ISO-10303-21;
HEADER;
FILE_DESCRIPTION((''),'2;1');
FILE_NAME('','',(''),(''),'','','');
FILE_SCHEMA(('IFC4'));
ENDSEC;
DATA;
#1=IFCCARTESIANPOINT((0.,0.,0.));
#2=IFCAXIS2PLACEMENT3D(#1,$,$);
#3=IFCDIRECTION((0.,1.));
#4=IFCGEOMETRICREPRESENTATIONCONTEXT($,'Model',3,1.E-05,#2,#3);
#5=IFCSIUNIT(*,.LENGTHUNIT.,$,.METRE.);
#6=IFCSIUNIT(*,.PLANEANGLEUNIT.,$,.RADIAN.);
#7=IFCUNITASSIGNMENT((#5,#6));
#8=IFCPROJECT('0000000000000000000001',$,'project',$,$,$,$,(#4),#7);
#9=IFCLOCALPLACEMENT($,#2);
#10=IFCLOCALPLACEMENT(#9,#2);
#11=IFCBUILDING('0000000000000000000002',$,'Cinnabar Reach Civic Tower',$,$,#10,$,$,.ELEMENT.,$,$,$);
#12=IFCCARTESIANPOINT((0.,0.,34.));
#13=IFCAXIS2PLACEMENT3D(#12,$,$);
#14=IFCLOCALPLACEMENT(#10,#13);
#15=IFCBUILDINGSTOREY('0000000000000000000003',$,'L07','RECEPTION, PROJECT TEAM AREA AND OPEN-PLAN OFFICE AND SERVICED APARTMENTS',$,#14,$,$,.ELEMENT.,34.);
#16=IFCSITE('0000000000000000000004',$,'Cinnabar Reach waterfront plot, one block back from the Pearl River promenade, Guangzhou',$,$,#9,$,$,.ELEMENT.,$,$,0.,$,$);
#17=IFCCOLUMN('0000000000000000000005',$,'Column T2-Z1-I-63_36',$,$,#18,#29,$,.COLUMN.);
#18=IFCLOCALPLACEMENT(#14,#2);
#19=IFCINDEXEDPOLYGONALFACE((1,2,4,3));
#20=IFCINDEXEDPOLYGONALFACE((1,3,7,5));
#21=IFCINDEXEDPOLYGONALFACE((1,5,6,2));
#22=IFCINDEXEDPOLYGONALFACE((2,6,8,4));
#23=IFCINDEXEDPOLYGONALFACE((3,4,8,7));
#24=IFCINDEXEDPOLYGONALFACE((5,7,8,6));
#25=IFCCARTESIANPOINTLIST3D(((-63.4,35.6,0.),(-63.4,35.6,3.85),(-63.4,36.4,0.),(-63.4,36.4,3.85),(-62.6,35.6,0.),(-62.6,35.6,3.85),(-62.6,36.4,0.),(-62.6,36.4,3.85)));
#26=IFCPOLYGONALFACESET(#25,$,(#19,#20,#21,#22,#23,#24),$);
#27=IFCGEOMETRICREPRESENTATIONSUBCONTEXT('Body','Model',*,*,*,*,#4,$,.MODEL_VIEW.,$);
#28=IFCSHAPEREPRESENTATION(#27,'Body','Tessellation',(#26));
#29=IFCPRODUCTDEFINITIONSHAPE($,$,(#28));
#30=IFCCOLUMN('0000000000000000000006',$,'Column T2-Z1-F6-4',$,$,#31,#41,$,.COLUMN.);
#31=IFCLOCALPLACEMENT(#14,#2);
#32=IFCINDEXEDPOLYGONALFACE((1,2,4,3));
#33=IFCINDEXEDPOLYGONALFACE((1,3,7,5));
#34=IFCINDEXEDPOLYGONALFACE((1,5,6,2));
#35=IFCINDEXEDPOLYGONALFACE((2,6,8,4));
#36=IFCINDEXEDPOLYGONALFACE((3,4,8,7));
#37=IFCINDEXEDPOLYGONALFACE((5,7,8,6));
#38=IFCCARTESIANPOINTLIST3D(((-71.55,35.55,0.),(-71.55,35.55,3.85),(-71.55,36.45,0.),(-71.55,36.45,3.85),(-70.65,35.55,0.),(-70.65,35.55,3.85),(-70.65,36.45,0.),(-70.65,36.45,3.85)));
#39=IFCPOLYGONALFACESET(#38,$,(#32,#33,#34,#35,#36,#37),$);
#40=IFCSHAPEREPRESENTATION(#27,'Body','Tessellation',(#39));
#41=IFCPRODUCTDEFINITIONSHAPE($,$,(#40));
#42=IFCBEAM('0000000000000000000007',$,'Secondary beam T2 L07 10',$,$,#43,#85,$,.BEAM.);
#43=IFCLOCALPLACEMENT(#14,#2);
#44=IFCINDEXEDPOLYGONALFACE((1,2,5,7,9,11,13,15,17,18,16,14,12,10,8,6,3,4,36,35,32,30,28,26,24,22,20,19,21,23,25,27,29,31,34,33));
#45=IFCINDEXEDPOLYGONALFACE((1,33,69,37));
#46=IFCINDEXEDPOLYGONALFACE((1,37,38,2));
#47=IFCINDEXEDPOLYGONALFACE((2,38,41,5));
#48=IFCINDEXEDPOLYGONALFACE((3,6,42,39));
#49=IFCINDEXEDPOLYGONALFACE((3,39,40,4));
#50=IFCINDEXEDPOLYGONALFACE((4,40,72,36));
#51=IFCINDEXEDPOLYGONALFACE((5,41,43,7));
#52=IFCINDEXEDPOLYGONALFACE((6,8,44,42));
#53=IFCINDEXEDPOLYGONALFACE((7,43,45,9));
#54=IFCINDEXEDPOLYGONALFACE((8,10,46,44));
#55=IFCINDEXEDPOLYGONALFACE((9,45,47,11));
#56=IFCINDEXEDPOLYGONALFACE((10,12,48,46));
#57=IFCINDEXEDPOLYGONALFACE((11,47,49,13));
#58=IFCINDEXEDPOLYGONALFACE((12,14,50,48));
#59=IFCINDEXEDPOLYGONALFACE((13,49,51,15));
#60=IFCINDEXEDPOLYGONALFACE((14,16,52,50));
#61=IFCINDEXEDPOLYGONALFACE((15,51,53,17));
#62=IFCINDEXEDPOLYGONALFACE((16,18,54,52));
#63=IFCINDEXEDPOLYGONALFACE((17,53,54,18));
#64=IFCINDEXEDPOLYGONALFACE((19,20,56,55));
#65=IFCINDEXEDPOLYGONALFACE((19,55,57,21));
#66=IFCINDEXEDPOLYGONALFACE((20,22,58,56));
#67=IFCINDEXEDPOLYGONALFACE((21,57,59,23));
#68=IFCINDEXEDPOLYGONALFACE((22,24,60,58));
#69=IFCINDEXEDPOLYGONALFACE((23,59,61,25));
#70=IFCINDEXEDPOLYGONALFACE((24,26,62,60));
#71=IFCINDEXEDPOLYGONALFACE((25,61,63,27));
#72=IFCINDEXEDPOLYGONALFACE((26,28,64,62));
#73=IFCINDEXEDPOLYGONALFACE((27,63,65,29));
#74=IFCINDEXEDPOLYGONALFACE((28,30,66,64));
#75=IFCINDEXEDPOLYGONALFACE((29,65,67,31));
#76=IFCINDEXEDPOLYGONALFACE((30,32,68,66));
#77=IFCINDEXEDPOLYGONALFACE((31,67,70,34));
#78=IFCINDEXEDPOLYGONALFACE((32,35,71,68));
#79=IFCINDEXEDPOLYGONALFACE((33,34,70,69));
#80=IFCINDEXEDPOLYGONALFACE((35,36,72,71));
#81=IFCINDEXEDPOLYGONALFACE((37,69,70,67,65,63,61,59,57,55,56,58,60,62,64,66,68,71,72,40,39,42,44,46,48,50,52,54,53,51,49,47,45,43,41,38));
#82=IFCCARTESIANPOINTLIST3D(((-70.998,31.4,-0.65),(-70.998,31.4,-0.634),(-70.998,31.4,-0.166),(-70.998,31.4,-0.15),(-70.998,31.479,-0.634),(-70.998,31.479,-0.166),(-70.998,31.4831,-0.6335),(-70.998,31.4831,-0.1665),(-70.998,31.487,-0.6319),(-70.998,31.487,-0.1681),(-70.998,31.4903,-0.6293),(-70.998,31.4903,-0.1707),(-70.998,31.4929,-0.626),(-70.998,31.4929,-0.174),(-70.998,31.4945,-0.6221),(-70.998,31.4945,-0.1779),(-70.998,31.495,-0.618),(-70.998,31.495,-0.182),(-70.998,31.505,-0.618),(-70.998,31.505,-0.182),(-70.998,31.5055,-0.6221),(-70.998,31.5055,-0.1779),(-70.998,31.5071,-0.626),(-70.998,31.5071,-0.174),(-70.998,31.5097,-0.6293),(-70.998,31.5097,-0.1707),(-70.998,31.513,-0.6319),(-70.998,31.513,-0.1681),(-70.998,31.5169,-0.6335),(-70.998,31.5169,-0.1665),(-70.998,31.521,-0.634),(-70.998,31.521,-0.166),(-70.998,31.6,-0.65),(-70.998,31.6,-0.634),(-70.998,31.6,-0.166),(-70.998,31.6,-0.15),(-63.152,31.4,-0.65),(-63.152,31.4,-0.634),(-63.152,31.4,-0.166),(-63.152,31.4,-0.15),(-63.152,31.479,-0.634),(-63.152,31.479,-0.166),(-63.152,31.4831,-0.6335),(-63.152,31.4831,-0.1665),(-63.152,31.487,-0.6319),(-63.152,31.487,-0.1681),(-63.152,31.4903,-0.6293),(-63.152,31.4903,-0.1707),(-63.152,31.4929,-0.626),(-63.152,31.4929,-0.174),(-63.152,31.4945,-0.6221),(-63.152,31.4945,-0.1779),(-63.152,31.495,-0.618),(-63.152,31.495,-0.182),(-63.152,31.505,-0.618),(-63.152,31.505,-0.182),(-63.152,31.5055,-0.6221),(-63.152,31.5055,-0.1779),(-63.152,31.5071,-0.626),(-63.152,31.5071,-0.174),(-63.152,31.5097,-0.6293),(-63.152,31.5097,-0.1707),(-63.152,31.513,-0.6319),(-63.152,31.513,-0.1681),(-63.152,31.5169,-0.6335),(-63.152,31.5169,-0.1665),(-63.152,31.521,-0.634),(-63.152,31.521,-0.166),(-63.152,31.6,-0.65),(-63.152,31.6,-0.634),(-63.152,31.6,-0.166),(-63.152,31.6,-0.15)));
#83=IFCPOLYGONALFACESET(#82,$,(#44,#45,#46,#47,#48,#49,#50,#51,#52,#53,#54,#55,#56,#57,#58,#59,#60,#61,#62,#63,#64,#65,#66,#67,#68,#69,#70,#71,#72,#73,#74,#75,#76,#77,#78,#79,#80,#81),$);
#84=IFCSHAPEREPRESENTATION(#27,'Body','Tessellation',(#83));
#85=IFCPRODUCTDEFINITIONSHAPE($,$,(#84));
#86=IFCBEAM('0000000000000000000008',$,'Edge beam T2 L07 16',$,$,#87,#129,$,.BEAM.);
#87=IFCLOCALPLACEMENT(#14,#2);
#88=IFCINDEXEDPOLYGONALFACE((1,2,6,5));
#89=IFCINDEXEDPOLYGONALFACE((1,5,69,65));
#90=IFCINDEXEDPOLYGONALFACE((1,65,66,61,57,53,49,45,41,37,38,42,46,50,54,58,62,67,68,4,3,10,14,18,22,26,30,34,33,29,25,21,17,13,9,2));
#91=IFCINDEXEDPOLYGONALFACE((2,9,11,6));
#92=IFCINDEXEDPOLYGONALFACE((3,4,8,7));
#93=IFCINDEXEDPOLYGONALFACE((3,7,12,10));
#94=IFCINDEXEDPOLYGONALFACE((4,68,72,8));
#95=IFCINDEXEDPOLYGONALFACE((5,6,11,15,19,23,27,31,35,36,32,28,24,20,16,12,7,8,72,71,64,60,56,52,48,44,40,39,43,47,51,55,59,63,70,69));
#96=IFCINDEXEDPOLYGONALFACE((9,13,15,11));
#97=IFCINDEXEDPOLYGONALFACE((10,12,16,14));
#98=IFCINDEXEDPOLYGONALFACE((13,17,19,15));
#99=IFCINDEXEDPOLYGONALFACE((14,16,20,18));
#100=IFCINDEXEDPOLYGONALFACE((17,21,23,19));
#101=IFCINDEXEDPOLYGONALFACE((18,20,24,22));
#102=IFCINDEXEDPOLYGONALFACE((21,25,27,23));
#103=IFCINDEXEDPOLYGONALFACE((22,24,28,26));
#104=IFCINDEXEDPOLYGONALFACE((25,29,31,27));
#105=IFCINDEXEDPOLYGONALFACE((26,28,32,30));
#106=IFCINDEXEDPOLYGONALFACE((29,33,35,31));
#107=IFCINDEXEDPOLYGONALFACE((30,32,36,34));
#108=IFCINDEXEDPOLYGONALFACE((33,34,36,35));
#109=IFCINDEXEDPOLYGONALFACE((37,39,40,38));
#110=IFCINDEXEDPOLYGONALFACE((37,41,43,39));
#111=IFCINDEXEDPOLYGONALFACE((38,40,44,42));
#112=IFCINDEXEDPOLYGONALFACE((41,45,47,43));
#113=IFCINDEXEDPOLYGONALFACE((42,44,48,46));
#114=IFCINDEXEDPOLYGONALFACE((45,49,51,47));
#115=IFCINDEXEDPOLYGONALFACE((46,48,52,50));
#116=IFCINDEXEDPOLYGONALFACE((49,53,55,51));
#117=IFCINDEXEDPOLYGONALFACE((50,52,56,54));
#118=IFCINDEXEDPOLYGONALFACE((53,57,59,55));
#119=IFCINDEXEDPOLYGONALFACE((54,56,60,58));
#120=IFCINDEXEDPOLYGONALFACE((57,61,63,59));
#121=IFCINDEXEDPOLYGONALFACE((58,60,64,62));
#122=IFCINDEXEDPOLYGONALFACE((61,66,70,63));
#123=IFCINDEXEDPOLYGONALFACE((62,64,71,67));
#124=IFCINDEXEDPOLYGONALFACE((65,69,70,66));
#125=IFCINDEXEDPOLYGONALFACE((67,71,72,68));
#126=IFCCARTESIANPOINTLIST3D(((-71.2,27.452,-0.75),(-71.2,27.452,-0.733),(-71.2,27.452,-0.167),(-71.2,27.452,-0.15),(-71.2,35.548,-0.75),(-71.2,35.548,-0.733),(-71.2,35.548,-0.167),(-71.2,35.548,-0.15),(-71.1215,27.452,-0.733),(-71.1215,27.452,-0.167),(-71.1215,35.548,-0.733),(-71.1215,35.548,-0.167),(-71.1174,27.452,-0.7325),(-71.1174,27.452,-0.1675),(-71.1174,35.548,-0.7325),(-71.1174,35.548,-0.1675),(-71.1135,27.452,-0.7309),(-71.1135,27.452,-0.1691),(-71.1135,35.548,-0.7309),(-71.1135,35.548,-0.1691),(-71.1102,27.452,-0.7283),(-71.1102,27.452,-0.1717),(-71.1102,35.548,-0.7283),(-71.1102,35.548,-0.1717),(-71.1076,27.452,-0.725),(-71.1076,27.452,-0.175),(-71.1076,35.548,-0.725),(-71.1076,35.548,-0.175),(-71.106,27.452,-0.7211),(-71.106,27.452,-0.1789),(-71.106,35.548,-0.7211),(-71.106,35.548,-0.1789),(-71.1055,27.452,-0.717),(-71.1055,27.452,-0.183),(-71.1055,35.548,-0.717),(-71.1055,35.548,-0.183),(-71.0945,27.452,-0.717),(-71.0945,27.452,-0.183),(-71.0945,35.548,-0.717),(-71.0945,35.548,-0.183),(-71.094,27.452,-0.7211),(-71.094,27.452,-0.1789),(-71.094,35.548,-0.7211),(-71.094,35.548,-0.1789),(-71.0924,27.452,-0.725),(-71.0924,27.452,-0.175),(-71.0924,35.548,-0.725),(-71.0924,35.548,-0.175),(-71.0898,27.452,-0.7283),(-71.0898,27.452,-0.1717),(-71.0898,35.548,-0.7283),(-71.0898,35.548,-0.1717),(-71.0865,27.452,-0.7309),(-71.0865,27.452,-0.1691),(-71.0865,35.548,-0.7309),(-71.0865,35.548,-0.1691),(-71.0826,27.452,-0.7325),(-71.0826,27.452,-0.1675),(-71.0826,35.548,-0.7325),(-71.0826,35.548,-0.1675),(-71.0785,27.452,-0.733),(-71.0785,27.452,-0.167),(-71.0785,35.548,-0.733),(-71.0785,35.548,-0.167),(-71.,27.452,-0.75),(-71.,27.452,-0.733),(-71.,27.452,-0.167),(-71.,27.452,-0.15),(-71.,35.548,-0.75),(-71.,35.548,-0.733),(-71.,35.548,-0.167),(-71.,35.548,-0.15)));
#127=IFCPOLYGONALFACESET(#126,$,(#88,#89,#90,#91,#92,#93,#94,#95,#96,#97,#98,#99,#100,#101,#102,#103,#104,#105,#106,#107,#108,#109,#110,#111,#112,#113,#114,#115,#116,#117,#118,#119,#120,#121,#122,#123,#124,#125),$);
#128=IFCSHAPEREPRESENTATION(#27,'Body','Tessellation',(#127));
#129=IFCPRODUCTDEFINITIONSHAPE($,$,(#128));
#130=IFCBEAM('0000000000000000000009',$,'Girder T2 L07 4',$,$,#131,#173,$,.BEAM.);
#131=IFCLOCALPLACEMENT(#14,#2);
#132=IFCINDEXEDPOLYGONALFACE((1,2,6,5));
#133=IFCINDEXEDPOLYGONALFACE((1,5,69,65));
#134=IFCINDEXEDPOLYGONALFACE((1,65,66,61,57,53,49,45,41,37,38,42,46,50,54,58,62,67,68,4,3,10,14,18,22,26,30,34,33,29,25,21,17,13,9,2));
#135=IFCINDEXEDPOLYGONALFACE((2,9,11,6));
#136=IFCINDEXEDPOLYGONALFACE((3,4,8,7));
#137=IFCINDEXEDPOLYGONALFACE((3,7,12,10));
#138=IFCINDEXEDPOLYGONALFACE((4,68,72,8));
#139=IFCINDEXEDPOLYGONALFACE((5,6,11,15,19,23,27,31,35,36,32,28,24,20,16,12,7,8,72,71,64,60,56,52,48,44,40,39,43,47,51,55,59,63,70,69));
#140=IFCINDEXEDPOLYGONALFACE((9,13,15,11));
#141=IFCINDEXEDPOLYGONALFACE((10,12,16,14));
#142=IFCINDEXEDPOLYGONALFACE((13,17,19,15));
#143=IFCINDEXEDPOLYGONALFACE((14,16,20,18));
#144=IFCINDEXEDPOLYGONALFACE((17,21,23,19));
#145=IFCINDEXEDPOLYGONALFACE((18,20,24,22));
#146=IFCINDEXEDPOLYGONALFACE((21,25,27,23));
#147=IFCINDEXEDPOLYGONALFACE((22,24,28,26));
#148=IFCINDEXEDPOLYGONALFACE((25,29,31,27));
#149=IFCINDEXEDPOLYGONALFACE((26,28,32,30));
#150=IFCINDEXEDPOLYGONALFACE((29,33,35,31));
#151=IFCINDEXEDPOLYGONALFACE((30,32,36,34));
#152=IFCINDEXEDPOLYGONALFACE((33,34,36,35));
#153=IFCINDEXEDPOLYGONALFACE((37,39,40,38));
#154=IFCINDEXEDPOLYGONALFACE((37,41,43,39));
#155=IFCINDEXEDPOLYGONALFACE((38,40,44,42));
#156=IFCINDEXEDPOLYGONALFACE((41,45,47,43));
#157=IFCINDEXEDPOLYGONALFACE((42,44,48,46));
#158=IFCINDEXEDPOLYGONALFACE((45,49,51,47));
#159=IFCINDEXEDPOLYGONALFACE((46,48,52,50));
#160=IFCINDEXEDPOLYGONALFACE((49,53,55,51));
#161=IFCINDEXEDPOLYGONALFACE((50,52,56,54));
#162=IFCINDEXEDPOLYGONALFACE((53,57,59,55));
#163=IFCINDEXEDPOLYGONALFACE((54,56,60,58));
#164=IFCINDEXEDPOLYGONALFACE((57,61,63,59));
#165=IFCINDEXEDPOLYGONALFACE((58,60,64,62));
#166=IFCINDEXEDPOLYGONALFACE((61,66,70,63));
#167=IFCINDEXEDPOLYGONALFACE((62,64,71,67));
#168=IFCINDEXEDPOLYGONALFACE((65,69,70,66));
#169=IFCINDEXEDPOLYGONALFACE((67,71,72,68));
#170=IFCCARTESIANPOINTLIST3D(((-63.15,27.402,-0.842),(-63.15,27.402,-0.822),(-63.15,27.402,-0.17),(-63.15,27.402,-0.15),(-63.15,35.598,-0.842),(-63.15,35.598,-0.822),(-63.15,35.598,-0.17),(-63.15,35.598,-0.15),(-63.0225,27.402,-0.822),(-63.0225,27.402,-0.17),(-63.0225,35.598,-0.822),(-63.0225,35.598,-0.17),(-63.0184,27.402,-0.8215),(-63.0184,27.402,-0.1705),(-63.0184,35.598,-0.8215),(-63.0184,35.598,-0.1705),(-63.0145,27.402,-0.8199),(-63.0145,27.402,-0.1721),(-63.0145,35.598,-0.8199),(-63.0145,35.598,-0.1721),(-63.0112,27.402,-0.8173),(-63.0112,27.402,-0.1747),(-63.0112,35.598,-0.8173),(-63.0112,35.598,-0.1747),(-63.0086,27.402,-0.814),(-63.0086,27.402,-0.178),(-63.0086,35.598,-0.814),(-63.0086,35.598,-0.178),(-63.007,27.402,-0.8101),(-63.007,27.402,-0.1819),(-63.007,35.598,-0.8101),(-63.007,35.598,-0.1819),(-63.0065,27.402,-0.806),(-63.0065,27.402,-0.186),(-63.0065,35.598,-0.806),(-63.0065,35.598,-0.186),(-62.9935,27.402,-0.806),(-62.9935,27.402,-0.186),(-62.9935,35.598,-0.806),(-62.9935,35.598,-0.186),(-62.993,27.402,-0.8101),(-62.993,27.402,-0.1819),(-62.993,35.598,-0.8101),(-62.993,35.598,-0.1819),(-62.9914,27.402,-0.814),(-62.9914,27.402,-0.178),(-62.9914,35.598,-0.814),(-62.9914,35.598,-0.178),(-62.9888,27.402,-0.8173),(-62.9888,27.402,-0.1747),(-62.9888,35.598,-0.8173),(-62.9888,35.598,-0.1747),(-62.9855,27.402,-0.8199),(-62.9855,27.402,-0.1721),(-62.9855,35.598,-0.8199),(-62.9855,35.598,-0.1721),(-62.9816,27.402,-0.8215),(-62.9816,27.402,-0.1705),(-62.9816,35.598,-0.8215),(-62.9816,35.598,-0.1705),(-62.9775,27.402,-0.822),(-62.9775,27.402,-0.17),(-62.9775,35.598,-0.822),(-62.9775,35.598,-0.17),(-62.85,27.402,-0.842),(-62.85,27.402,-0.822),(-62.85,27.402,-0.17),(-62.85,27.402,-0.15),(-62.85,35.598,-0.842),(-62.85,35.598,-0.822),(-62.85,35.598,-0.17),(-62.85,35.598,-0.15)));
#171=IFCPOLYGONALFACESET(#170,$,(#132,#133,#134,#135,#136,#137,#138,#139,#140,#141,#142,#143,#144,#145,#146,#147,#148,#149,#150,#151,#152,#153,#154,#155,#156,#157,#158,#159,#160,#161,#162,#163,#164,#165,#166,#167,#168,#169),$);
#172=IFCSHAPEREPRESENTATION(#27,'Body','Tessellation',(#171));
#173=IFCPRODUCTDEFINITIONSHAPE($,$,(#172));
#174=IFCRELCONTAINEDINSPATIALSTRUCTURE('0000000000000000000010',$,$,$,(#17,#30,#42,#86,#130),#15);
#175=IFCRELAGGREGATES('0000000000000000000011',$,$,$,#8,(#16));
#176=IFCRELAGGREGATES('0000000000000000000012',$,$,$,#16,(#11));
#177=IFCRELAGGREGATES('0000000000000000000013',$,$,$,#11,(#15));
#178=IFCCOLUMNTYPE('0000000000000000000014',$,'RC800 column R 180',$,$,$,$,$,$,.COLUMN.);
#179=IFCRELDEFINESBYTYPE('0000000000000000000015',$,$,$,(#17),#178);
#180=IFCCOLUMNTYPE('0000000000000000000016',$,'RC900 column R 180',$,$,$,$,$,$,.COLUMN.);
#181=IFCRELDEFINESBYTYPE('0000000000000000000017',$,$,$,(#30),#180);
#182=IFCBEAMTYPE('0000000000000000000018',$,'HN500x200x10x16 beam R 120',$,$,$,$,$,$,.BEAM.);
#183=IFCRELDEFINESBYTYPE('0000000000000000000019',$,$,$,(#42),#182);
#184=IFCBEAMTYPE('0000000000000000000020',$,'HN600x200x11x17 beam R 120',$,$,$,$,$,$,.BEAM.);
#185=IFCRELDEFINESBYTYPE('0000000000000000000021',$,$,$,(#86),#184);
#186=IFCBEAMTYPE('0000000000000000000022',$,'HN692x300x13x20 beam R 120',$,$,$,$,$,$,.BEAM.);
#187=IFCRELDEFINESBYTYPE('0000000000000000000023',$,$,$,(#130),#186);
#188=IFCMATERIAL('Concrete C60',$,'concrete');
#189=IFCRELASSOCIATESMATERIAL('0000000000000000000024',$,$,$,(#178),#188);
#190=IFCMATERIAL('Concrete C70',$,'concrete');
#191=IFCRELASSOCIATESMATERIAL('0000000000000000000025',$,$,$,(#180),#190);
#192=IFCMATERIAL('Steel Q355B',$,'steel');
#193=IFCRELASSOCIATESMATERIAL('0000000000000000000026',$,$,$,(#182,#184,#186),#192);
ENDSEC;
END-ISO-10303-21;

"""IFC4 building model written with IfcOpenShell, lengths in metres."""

from ifc_helpers import new_model, si_unit, direction, frame, origin, origin_2d, place, context, subcontext, project, spatial, rectangle, i_section, extrude, material, material_profile, profile_set, type_object, element, save


model = new_model("IFC4")

# Units and contexts
model_context = context("Model", 3, precision=1e-05, world=origin(), true_north=direction((0.0, 1.0)))
body_context = subcontext(model_context, "Body", "Model", "MODEL_VIEW")
ifc_project = project(units=[si_unit("LENGTHUNIT", "METRE"), si_unit("PLANEANGLEUNIT", "RADIAN")], contexts=[model_context])

# Site, building, storey
site_placement = place(None, origin())
site = spatial("IfcSite", under=ifc_project, at=site_placement, Name="Cinnabar Reach waterfront plot, one block back from the Pearl River promenade, Guangzhou", CompositionType="ELEMENT", RefElevation=0.0)
building_placement = place(site_placement, origin())
building = spatial("IfcBuilding", under=site, at=building_placement, Name="Cinnabar Reach Civic Tower", CompositionType="ELEMENT")
storey_placement = place(building_placement, frame((0.0, 0.0, 34.0)))
storey = spatial("IfcBuildingStorey", under=building, at=storey_placement, Name="L07", Description="RECEPTION, PROJECT TEAM AREA AND OPEN-PLAN OFFICE AND SERVICED APARTMENTS", CompositionType="ELEMENT", Elevation=34.0)

# Columns
ifc_material_1 = material(Name="Concrete C60", Category="concrete")
ifc_material_profile_1 = material_profile(ifc_material_1, rectangle(XDim=0.8, YDim=0.8, at=origin_2d()), Name="RC800")
ifc_profile_set_1 = profile_set([ifc_material_profile_1], Name="Concrete C60")
column_type_1 = type_object("IfcColumnType", Name="RC800 column R 180", PredefinedType="COLUMN", material=ifc_profile_set_1)
column_1_placement = place(storey_placement, frame((-63.0, 36.0, 0.0), z_axis=(0.0, 0.0, 1.0), x_axis=(1.0, 0.0, 0.0)))
element("IfcColumn", 1, at=column_1_placement, inside=storey, type_object=column_type_1, Name="Column T2-Z1-I-63_36", PredefinedType="COLUMN", context=body_context, shape_type="SweptSolid", body=[
    extrude(rectangle(XDim=0.8, YDim=0.8, at=origin_2d()), origin(), (0.0, 0.0, 1.0), 3.85),
])
ifc_material_2 = material(Name="Concrete C70", Category="concrete")
ifc_material_profile_2 = material_profile(ifc_material_2, rectangle(XDim=0.9, YDim=0.9, at=origin_2d()), Name="RC900")
ifc_profile_set_2 = profile_set([ifc_material_profile_2], Name="Concrete C70")
column_type_2 = type_object("IfcColumnType", Name="RC900 column R 180", PredefinedType="COLUMN", material=ifc_profile_set_2)
column_2_placement = place(storey_placement, frame((-71.1, 36.0, 0.0), z_axis=(0.0, 0.0, 1.0), x_axis=(1.0, 0.0, 0.0)))
element("IfcColumn", 2, at=column_2_placement, inside=storey, type_object=column_type_2, Name="Column T2-Z1-F6-4", PredefinedType="COLUMN", context=body_context, shape_type="SweptSolid", body=[
    extrude(rectangle(XDim=0.9, YDim=0.9, at=origin_2d()), origin(), (0.0, 0.0, 1.0), 3.85),
])

# Beams
ifc_material_3 = material(Name="Steel Q355B", Category="steel")
ifc_material_profile_3 = material_profile(ifc_material_3, i_section(OverallWidth=0.2, OverallDepth=0.5, WebThickness=0.01, FlangeThickness=0.016, FilletRadius=0.016, at=origin_2d()), Name="HN500x200x10x16")
ifc_profile_set_3 = profile_set([ifc_material_profile_3], Name="Steel Q355B")
beam_type_1 = type_object("IfcBeamType", Name="HN500x200x10x16 beam R 120", PredefinedType="BEAM", material=ifc_profile_set_3)
beam_1_placement = place(storey_placement, frame((-70.998, 31.5, -0.4), z_axis=(1.0, 0.0, 0.0), x_axis=(0.0, 1.0, 0.0)))
element("IfcBeam", 3, at=beam_1_placement, inside=storey, type_object=beam_type_1, Name="Secondary beam T2 L07 10", PredefinedType="BEAM", context=body_context, shape_type="SweptSolid", body=[
    extrude(i_section(OverallWidth=0.2, OverallDepth=0.5, WebThickness=0.01, FlangeThickness=0.016, FilletRadius=0.016, at=origin_2d()), origin(), (0.0, 0.0, 1.0), 7.846),
])
ifc_material_profile_4 = material_profile(ifc_material_3, i_section(OverallWidth=0.2, OverallDepth=0.6, WebThickness=0.011, FlangeThickness=0.017, FilletRadius=0.016, at=origin_2d()), Name="HN600x200x11x17")
ifc_profile_set_4 = profile_set([ifc_material_profile_4], Name="Steel Q355B")
beam_type_2 = type_object("IfcBeamType", Name="HN600x200x11x17 beam R 120", PredefinedType="BEAM", material=ifc_profile_set_4)
beam_2_placement = place(storey_placement, frame((-71.1, 35.548, -0.45), z_axis=(0.0, -1.0, 0.0), x_axis=(1.0, 0.0, 0.0)))
element("IfcBeam", 4, at=beam_2_placement, inside=storey, type_object=beam_type_2, Name="Edge beam T2 L07 16", PredefinedType="BEAM", context=body_context, shape_type="SweptSolid", body=[
    extrude(i_section(OverallWidth=0.2, OverallDepth=0.6, WebThickness=0.011, FlangeThickness=0.017, FilletRadius=0.016, at=origin_2d()), origin(), (0.0, 0.0, 1.0), 8.096),
])
ifc_material_profile_5 = material_profile(ifc_material_3, i_section(OverallWidth=0.3, OverallDepth=0.692, WebThickness=0.013, FlangeThickness=0.02, FilletRadius=0.016, at=origin_2d()), Name="HN692x300x13x20")
ifc_profile_set_5 = profile_set([ifc_material_profile_5], Name="Steel Q355B")
beam_type_3 = type_object("IfcBeamType", Name="HN692x300x13x20 beam R 120", PredefinedType="BEAM", material=ifc_profile_set_5)
beam_3_placement = place(storey_placement, frame((-63.0, 27.402, -0.496), z_axis=(0.0, 1.0, 0.0), x_axis=(-1.0, 0.0, 0.0)))
element("IfcBeam", 5, at=beam_3_placement, inside=storey, type_object=beam_type_3, Name="Girder T2 L07 4", PredefinedType="BEAM", context=body_context, shape_type="SweptSolid", body=[
    extrude(i_section(OverallWidth=0.3, OverallDepth=0.692, WebThickness=0.013, FlangeThickness=0.02, FilletRadius=0.016, at=origin_2d()), origin(), (0.0, 0.0, 1.0), 8.196),
])

save(model, "model.ifc")
